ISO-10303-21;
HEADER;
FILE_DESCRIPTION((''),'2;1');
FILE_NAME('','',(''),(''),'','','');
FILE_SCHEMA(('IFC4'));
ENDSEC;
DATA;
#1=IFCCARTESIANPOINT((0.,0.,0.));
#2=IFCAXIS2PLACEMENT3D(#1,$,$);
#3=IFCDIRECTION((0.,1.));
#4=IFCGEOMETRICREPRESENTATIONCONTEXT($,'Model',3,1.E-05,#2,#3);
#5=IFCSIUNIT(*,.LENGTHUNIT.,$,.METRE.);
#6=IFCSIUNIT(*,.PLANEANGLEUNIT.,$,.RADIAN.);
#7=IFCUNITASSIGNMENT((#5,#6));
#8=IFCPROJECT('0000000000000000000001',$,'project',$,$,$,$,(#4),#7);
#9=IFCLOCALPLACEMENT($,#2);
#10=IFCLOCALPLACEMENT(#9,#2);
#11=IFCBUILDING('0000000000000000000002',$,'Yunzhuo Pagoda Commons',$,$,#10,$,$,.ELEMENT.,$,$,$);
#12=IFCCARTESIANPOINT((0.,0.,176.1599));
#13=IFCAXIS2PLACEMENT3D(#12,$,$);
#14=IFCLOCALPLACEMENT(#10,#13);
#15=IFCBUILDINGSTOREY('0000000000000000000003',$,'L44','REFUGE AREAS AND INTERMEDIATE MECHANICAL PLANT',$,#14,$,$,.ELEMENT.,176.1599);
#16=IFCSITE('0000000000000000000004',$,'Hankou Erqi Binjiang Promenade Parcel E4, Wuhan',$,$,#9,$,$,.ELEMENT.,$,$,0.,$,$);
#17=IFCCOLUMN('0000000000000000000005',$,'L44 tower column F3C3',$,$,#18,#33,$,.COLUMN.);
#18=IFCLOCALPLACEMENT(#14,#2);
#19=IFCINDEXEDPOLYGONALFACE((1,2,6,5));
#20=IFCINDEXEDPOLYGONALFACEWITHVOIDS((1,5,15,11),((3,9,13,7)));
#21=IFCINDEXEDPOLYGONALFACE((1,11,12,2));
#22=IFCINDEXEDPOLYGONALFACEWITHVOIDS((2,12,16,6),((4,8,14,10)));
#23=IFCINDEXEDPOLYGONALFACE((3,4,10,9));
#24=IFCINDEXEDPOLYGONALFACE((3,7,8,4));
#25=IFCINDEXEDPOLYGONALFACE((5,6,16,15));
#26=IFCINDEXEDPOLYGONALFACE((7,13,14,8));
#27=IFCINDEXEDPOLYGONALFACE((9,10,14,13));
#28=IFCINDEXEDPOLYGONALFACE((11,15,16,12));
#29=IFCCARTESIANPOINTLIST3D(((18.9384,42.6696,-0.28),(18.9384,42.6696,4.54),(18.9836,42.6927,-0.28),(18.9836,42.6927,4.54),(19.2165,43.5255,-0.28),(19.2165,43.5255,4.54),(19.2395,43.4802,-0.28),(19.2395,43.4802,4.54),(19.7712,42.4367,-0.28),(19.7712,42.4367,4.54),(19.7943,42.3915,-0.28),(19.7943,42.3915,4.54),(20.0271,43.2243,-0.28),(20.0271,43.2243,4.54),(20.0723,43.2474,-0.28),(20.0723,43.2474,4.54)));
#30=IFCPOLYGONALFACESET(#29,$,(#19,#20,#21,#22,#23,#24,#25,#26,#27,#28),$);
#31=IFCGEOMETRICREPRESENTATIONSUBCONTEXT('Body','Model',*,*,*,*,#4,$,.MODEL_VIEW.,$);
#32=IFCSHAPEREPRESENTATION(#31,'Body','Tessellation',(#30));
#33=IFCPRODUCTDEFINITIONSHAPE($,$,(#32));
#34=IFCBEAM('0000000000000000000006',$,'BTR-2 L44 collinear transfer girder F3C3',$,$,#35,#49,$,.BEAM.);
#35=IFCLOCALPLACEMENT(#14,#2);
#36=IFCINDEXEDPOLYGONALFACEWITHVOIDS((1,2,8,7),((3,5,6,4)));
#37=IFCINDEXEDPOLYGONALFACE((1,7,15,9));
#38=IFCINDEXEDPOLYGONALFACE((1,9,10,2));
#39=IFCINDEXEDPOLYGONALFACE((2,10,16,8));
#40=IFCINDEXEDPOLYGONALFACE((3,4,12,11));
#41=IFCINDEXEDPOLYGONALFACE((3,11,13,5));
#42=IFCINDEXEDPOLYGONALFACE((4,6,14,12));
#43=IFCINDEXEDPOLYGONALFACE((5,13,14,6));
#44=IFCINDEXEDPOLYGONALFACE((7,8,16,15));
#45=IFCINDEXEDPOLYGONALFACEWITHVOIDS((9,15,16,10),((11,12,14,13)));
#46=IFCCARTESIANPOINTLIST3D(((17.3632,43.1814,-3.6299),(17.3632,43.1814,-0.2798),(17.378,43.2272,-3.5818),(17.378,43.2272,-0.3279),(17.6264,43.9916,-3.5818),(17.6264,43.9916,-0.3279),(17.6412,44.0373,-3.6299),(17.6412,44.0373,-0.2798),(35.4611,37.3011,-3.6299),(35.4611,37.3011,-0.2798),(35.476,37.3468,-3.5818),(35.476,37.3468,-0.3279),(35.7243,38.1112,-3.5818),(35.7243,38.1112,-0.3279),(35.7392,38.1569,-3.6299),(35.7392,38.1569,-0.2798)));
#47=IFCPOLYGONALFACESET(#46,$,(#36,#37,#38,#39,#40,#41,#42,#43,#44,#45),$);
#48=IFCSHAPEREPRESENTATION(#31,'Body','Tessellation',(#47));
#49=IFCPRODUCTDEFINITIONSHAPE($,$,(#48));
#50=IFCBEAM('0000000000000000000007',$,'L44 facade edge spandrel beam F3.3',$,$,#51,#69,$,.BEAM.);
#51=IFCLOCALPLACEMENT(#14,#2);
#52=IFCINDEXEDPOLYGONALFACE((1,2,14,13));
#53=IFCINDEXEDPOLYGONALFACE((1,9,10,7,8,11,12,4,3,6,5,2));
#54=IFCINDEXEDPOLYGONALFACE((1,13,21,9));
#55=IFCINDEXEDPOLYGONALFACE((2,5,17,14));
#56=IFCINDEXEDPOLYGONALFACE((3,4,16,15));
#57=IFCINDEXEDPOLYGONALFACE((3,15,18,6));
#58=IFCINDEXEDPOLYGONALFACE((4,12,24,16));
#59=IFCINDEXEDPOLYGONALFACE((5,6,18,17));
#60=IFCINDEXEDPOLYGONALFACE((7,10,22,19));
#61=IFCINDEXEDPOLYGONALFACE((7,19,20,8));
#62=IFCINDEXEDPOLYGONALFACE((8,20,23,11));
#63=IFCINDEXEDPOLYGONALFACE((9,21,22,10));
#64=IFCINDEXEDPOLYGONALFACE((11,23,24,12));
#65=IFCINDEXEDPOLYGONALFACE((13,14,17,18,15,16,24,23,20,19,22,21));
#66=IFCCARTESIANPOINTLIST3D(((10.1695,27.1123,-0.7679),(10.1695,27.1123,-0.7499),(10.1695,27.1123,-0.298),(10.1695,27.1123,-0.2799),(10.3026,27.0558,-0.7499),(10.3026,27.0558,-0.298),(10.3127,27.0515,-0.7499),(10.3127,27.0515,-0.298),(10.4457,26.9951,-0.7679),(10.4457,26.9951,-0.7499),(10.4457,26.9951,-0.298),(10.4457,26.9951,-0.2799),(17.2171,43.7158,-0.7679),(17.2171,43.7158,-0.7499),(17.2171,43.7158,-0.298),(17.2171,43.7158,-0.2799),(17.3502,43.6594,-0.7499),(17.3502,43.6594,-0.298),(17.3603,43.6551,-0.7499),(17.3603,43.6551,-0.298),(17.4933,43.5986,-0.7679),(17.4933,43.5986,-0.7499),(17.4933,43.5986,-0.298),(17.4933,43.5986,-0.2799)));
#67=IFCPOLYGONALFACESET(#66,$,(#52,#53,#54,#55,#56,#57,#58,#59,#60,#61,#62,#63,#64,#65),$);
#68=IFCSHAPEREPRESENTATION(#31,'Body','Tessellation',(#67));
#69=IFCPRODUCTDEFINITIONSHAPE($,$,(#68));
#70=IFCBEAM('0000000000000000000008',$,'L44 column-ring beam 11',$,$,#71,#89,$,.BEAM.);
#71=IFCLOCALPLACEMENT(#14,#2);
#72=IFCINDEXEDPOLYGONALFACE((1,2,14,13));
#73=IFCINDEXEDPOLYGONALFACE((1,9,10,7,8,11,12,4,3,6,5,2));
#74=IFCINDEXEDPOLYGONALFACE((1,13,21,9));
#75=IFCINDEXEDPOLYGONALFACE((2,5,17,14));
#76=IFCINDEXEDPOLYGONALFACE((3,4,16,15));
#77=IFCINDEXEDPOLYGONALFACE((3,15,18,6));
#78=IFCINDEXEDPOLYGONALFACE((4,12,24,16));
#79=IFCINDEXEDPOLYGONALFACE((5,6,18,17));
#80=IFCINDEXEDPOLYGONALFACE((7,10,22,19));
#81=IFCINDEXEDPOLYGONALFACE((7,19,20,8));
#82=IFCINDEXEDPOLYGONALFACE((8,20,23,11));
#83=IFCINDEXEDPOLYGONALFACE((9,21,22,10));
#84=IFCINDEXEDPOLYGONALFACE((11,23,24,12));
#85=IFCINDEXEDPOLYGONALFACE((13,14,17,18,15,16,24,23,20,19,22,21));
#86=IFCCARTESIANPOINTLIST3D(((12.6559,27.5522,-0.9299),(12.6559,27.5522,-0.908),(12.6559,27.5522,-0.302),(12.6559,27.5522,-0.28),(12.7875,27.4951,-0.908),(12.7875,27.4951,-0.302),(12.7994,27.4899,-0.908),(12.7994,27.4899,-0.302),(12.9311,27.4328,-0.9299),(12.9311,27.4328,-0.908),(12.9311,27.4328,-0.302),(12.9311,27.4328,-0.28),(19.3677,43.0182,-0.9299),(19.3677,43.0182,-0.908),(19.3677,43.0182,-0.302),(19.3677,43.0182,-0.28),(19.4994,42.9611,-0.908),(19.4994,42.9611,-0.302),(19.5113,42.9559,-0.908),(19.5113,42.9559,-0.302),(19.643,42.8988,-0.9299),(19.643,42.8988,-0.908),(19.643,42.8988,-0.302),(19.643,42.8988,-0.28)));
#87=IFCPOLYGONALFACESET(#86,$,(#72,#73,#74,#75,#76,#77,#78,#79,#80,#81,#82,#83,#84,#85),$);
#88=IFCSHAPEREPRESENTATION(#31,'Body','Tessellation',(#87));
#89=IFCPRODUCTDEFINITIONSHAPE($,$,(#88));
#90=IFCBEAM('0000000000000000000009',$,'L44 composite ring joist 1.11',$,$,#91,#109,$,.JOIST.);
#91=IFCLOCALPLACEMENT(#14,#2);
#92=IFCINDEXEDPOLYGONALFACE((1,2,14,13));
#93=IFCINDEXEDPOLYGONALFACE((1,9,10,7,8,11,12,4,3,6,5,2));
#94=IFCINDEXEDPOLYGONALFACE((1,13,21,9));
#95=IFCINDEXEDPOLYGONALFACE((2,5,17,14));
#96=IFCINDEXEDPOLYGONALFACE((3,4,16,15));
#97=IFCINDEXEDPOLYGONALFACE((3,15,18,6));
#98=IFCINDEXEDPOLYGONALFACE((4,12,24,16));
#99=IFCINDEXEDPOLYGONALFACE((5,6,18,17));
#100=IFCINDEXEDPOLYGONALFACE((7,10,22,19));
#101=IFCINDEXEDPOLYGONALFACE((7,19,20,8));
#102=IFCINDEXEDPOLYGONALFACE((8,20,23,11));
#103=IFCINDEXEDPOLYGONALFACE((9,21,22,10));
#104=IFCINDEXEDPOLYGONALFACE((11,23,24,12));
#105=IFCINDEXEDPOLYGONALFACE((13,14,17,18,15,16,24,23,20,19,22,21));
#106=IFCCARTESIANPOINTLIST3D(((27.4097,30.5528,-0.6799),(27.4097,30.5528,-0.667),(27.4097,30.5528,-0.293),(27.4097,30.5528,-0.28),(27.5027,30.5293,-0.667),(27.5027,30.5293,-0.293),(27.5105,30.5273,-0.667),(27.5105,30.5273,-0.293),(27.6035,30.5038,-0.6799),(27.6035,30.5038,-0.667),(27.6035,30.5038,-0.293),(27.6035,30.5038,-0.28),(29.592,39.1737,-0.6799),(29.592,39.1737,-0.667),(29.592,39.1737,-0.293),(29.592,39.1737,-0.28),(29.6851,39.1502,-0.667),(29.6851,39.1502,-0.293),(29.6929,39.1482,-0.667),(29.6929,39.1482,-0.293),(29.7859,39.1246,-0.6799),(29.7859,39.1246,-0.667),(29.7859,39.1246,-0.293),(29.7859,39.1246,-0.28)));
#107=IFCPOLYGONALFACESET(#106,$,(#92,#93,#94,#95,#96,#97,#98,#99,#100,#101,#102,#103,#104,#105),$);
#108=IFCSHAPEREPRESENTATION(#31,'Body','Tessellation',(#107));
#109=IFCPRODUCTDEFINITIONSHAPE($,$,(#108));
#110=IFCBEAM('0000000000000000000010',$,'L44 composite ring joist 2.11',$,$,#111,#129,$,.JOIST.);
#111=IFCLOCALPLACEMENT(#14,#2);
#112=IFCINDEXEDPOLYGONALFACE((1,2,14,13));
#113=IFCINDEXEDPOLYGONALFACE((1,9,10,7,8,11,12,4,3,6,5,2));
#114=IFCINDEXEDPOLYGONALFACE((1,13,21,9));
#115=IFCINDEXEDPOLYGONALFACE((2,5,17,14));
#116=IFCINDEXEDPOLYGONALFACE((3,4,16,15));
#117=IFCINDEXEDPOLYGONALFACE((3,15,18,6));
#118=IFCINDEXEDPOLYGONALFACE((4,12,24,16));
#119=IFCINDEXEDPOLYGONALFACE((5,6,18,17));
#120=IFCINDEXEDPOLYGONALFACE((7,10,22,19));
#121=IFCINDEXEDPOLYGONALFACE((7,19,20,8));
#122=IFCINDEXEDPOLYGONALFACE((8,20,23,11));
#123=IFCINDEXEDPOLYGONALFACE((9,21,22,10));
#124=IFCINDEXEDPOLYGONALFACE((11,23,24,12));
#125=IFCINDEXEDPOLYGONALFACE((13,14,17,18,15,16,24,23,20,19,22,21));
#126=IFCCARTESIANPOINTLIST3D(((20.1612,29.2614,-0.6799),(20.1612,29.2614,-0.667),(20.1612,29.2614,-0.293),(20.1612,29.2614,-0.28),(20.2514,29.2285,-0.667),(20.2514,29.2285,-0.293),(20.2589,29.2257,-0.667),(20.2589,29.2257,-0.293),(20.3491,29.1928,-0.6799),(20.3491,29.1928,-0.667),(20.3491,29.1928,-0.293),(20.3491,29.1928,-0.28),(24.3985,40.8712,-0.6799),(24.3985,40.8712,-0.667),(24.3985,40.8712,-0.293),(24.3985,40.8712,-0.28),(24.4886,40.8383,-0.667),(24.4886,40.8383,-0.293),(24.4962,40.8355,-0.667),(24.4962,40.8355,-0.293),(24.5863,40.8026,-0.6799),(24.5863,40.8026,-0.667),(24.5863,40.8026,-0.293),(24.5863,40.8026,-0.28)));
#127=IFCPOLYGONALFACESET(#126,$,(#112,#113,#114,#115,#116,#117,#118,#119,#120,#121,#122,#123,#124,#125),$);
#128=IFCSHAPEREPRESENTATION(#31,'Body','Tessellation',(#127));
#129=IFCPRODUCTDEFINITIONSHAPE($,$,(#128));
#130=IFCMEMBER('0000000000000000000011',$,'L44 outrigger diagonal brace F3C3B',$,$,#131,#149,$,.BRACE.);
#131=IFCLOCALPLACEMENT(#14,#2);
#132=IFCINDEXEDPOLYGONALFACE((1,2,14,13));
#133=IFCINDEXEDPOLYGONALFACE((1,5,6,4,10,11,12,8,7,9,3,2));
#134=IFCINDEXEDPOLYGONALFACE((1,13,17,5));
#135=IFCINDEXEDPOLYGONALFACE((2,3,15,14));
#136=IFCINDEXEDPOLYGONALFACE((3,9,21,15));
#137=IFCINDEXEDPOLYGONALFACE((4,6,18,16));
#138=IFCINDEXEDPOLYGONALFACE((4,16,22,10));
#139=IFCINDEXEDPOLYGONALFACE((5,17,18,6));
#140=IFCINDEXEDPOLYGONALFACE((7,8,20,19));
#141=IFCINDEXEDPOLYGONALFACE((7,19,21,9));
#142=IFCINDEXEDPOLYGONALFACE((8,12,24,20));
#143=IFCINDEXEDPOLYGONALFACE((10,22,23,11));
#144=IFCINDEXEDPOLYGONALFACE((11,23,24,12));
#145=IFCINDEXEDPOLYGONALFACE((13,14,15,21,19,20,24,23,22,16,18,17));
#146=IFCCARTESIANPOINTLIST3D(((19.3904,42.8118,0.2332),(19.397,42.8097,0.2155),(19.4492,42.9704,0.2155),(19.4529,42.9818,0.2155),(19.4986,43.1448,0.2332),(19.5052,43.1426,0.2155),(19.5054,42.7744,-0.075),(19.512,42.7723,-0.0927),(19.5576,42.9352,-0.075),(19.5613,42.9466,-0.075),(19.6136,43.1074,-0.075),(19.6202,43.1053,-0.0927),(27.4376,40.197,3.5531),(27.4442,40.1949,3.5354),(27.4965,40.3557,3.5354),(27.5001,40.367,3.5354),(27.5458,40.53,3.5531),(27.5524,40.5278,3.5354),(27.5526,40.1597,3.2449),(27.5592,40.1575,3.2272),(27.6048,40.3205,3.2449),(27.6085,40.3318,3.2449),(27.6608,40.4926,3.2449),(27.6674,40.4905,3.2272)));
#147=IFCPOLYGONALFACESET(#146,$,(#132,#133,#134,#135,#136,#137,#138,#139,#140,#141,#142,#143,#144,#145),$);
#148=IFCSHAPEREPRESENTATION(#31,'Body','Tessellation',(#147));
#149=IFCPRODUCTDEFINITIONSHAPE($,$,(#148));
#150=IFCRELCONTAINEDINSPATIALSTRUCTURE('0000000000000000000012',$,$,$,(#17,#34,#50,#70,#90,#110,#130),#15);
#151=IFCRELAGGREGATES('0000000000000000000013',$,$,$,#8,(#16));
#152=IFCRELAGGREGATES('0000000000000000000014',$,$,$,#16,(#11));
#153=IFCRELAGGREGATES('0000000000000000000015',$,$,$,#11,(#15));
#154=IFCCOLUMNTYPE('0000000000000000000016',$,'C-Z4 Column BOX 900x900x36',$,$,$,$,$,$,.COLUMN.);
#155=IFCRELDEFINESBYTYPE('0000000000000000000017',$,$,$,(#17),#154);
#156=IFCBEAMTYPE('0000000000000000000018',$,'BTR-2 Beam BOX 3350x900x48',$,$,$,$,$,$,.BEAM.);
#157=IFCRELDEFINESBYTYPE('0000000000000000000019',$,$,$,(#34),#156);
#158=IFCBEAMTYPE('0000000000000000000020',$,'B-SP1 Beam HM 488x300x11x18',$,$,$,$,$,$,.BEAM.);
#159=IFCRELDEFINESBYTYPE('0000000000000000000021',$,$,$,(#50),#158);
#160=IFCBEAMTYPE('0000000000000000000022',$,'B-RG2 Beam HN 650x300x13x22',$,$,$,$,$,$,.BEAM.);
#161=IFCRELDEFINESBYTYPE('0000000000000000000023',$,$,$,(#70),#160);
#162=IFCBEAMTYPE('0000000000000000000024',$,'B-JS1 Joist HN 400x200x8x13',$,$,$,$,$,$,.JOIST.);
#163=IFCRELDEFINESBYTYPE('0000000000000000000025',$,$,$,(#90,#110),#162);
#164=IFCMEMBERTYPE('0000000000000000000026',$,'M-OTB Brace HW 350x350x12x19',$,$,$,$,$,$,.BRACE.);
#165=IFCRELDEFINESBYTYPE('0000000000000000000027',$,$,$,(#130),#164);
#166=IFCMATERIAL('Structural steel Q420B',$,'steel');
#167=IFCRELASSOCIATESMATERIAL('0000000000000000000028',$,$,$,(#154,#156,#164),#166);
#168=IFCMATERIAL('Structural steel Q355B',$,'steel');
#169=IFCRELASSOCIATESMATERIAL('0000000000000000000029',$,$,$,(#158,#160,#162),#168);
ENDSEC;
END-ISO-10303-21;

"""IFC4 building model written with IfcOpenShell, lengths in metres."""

from ifc_helpers import new_model, si_unit, direction, frame, origin, origin_2d, place, context, subcontext, project, spatial, hollow_rectangle, i_section, extrude, source, transform, mapped, material, material_profile, profile_set, type_object, element, save


model = new_model("IFC4")

# Units and contexts
model_context = context("Model", 3, precision=1e-05, world=origin(), true_north=direction((0.0, 1.0)))
body_context = subcontext(model_context, "Body", "Model", "MODEL_VIEW")
ifc_project = project(units=[si_unit("LENGTHUNIT", "METRE"), si_unit("PLANEANGLEUNIT", "RADIAN")], contexts=[model_context])

# Site, building, storey
site_placement = place(None, origin())
site = spatial("IfcSite", under=ifc_project, at=site_placement, Name="Hankou Erqi Binjiang Promenade Parcel E4, Wuhan", CompositionType="ELEMENT", RefElevation=0.0)
building_placement = place(site_placement, origin())
building = spatial("IfcBuilding", under=site, at=building_placement, Name="Yunzhuo Pagoda Commons", CompositionType="ELEMENT")
storey_placement = place(building_placement, frame((0.0, 0.0, 176.1599)))
storey = spatial("IfcBuildingStorey", under=building, at=storey_placement, Name="L44", Description="REFUGE AREAS AND INTERMEDIATE MECHANICAL PLANT", CompositionType="ELEMENT", Elevation=176.1599)

# Column
ifc_material_1 = material(Name="Structural steel Q420B", Category="steel")
ifc_material_profile_1 = material_profile(ifc_material_1, hollow_rectangle(XDim=0.8999, YDim=0.8999, WallThickness=0.0359, at=origin_2d()), Name="Structural steel Q420B")
ifc_profile_set_1 = profile_set([ifc_material_profile_1], Name="Structural steel Q420B")
column_type = type_object("IfcColumnType", Name="C-Z4 Column BOX 900x900x36", PredefinedType="COLUMN", material=ifc_profile_set_1)
shared_shape_1 = source(origin(), body_context, "Body", "SweptSolid", [
    extrude(hollow_rectangle(XDim=0.8999, YDim=0.8999, WallThickness=0.0359, at=origin_2d()), origin(), (0.0, 0.0, 1.0), 4.8201),
])
column_placement = place(storey_placement, frame((19.5054, 42.9585, -0.28), z_axis=(0.0, 0.0, 1.0), x_axis=(-0.309017, -0.951057, 0.0)))
element("IfcColumn", 1, at=column_placement, inside=storey, type_object=column_type, Name="L44 tower column F3C3", PredefinedType="COLUMN", context=body_context, shape_type="MappedRepresentation", body=[
    mapped(shared_shape_1, transform((0.0, 0.0, 0.0), scale=1.0)),
])

# Beams
ifc_material_profile_2 = material_profile(ifc_material_1, hollow_rectangle(XDim=0.8999, YDim=3.3501, WallThickness=0.0481, at=origin_2d()), Name="Structural steel Q420B")
ifc_profile_set_2 = profile_set([ifc_material_profile_2], Name="Structural steel Q420B")
beam_type_1 = type_object("IfcBeamType", Name="BTR-2 Beam BOX 3350x900x48", PredefinedType="BEAM", material=ifc_profile_set_2)
shared_shape_2 = source(origin(), body_context, "Body", "SweptSolid", [
    extrude(hollow_rectangle(XDim=0.8999, YDim=3.3501, WallThickness=0.0481, at=origin_2d()), origin(), (0.0, 0.0, 1.0), 19.0293),
])
beam_1_placement = place(storey_placement, frame((17.5022, 43.6094, -1.9548), z_axis=(0.951056, -0.309017, 0.0), x_axis=(0.309017, 0.951056, 0.0)))
element("IfcBeam", 2, at=beam_1_placement, inside=storey, type_object=beam_type_1, Name="BTR-2 L44 collinear transfer girder F3C3", PredefinedType="BEAM", context=body_context, shape_type="MappedRepresentation", body=[
    mapped(shared_shape_2, transform((0.0, 0.0, 0.0), scale=1.0)),
])
ifc_material_2 = material(Name="Structural steel Q355B", Category="steel")
ifc_material_profile_3 = material_profile(ifc_material_2, i_section(OverallWidth=0.3, OverallDepth=0.488, WebThickness=0.011, FlangeThickness=0.0181, at=origin_2d()), Name="Structural steel Q355B")
ifc_profile_set_3 = profile_set([ifc_material_profile_3], Name="Structural steel Q355B")
beam_type_2 = type_object("IfcBeamType", Name="B-SP1 Beam HM 488x300x11x18", PredefinedType="BEAM", material=ifc_profile_set_3)
shared_shape_3 = source(origin(), body_context, "Body", "SweptSolid", [
    extrude(i_section(OverallWidth=0.3, OverallDepth=0.488, WebThickness=0.011, FlangeThickness=0.0181, at=origin_2d()), origin(), (0.0, 0.0, 1.0), 18.0374),
])
beam_2_placement = place(storey_placement, frame((17.3552, 43.6572, -0.5239), z_axis=(-0.390723, -0.920508, 0.0), x_axis=(0.920508, -0.390723, 0.0)))
element("IfcBeam", 3, at=beam_2_placement, inside=storey, type_object=beam_type_2, Name="L44 facade edge spandrel beam F3.3", PredefinedType="BEAM", context=body_context, shape_type="MappedRepresentation", body=[
    mapped(shared_shape_3, transform((0.0, 0.0, 0.0), scale=1.0)),
])
ifc_material_profile_4 = material_profile(ifc_material_2, i_section(OverallWidth=0.3, OverallDepth=0.6499, WebThickness=0.0129, FlangeThickness=0.022, at=origin_2d()), Name="Structural steel Q355B")
ifc_profile_set_4 = profile_set([ifc_material_profile_4], Name="Structural steel Q355B")
beam_type_3 = type_object("IfcBeamType", Name="B-RG2 Beam HN 650x300x13x22", PredefinedType="BEAM", material=ifc_profile_set_4)
shared_shape_4 = source(origin(), body_context, "Body", "SweptSolid", [
    extrude(i_section(OverallWidth=0.3, OverallDepth=0.6499, WebThickness=0.0129, FlangeThickness=0.022, at=origin_2d()), origin(), (0.0, 0.0, 1.0), 16.8596),
])
beam_3_placement = place(storey_placement, frame((19.5054, 42.9585, -0.605), z_axis=(-0.398104, -0.91734, 0.0), x_axis=(0.91734, -0.398104, 0.0)))
element("IfcBeam", 4, at=beam_3_placement, inside=storey, type_object=beam_type_3, Name="L44 column-ring beam 11", PredefinedType="BEAM", context=body_context, shape_type="MappedRepresentation", body=[
    mapped(shared_shape_4, transform((0.0, 0.0, 0.0), scale=1.0)),
])
ifc_material_profile_5 = material_profile(ifc_material_2, i_section(OverallWidth=0.2, OverallDepth=0.3999, WebThickness=0.0081, FlangeThickness=0.0129, at=origin_2d()), Name="Structural steel Q355B")
ifc_profile_set_5 = profile_set([ifc_material_profile_5], Name="Structural steel Q355B")
beam_type_4 = type_object("IfcBeamType", Name="B-JS1 Joist HN 400x200x8x13", PredefinedType="JOIST", material=ifc_profile_set_5)
shared_shape_5 = source(origin(), body_context, "Body", "SweptSolid", [
    extrude(i_section(OverallWidth=0.2, OverallDepth=0.3999, WebThickness=0.0081, FlangeThickness=0.0129, at=origin_2d()), origin(), (0.0, 0.0, 1.0), 8.8928),
])
beam_4_placement = place(storey_placement, frame((29.689, 39.1492, -0.48), z_axis=(-0.245409, -0.96942, 0.0), x_axis=(0.96942, -0.245409, 0.0)))
element("IfcBeam", 5, at=beam_4_placement, inside=storey, type_object=beam_type_4, Name="L44 composite ring joist 1.11", PredefinedType="JOIST", context=body_context, shape_type="MappedRepresentation", body=[
    mapped(shared_shape_5, transform((0.0, 0.0, 0.0), scale=1.0)),
])
shared_shape_6 = source(origin(), body_context, "Body", "SweptSolid", [
    extrude(i_section(OverallWidth=0.2, OverallDepth=0.3999, WebThickness=0.0081, FlangeThickness=0.0129, at=origin_2d()), origin(), (0.0, 0.0, 1.0), 12.3589),
])
beam_5_placement = place(storey_placement, frame((24.4924, 40.8369, -0.48), z_axis=(-0.342853, -0.939389, 0.0), x_axis=(0.939389, -0.342853, 0.0)))
element("IfcBeam", 6, at=beam_5_placement, inside=storey, type_object=beam_type_4, Name="L44 composite ring joist 2.11", PredefinedType="JOIST", context=body_context, shape_type="MappedRepresentation", body=[
    mapped(shared_shape_6, transform((0.0, 0.0, 0.0), scale=1.0)),
])

# Member
ifc_material_profile_6 = material_profile(ifc_material_1, i_section(OverallWidth=0.3501, OverallDepth=0.3501, WebThickness=0.012, FlangeThickness=0.019, at=origin_2d()), Name="Structural steel Q420B")
ifc_profile_set_6 = profile_set([ifc_material_profile_6], Name="Structural steel Q420B")
member_type_1 = type_object("IfcMemberType", Name="M-OTB Brace HW 350x350x12x19", PredefinedType="BRACE", material=ifc_profile_set_6)
shared_shape_7 = source(origin(), body_context, "Body", "SweptSolid", [
    extrude(i_section(OverallWidth=0.3501, OverallDepth=0.3501, WebThickness=0.012, FlangeThickness=0.019, at=origin_2d()), origin(), (0.0, 0.0, 1.0), 9.0894),
])
member_1_placement = place(storey_placement, frame((27.5525, 40.3438, 3.3901), z_axis=(-0.885346, 0.287675, -0.365248), x_axis=(-0.309025, -0.951054, 0.0)))
element("IfcMember", 7, at=member_1_placement, inside=storey, type_object=member_type_1, Name="L44 outrigger diagonal brace F3C3B", PredefinedType="BRACE", context=body_context, shape_type="MappedRepresentation", body=[
    mapped(shared_shape_7, transform((0.0, 0.0, 0.0), scale=1.0)),
])

save(model, "model.ifc")
